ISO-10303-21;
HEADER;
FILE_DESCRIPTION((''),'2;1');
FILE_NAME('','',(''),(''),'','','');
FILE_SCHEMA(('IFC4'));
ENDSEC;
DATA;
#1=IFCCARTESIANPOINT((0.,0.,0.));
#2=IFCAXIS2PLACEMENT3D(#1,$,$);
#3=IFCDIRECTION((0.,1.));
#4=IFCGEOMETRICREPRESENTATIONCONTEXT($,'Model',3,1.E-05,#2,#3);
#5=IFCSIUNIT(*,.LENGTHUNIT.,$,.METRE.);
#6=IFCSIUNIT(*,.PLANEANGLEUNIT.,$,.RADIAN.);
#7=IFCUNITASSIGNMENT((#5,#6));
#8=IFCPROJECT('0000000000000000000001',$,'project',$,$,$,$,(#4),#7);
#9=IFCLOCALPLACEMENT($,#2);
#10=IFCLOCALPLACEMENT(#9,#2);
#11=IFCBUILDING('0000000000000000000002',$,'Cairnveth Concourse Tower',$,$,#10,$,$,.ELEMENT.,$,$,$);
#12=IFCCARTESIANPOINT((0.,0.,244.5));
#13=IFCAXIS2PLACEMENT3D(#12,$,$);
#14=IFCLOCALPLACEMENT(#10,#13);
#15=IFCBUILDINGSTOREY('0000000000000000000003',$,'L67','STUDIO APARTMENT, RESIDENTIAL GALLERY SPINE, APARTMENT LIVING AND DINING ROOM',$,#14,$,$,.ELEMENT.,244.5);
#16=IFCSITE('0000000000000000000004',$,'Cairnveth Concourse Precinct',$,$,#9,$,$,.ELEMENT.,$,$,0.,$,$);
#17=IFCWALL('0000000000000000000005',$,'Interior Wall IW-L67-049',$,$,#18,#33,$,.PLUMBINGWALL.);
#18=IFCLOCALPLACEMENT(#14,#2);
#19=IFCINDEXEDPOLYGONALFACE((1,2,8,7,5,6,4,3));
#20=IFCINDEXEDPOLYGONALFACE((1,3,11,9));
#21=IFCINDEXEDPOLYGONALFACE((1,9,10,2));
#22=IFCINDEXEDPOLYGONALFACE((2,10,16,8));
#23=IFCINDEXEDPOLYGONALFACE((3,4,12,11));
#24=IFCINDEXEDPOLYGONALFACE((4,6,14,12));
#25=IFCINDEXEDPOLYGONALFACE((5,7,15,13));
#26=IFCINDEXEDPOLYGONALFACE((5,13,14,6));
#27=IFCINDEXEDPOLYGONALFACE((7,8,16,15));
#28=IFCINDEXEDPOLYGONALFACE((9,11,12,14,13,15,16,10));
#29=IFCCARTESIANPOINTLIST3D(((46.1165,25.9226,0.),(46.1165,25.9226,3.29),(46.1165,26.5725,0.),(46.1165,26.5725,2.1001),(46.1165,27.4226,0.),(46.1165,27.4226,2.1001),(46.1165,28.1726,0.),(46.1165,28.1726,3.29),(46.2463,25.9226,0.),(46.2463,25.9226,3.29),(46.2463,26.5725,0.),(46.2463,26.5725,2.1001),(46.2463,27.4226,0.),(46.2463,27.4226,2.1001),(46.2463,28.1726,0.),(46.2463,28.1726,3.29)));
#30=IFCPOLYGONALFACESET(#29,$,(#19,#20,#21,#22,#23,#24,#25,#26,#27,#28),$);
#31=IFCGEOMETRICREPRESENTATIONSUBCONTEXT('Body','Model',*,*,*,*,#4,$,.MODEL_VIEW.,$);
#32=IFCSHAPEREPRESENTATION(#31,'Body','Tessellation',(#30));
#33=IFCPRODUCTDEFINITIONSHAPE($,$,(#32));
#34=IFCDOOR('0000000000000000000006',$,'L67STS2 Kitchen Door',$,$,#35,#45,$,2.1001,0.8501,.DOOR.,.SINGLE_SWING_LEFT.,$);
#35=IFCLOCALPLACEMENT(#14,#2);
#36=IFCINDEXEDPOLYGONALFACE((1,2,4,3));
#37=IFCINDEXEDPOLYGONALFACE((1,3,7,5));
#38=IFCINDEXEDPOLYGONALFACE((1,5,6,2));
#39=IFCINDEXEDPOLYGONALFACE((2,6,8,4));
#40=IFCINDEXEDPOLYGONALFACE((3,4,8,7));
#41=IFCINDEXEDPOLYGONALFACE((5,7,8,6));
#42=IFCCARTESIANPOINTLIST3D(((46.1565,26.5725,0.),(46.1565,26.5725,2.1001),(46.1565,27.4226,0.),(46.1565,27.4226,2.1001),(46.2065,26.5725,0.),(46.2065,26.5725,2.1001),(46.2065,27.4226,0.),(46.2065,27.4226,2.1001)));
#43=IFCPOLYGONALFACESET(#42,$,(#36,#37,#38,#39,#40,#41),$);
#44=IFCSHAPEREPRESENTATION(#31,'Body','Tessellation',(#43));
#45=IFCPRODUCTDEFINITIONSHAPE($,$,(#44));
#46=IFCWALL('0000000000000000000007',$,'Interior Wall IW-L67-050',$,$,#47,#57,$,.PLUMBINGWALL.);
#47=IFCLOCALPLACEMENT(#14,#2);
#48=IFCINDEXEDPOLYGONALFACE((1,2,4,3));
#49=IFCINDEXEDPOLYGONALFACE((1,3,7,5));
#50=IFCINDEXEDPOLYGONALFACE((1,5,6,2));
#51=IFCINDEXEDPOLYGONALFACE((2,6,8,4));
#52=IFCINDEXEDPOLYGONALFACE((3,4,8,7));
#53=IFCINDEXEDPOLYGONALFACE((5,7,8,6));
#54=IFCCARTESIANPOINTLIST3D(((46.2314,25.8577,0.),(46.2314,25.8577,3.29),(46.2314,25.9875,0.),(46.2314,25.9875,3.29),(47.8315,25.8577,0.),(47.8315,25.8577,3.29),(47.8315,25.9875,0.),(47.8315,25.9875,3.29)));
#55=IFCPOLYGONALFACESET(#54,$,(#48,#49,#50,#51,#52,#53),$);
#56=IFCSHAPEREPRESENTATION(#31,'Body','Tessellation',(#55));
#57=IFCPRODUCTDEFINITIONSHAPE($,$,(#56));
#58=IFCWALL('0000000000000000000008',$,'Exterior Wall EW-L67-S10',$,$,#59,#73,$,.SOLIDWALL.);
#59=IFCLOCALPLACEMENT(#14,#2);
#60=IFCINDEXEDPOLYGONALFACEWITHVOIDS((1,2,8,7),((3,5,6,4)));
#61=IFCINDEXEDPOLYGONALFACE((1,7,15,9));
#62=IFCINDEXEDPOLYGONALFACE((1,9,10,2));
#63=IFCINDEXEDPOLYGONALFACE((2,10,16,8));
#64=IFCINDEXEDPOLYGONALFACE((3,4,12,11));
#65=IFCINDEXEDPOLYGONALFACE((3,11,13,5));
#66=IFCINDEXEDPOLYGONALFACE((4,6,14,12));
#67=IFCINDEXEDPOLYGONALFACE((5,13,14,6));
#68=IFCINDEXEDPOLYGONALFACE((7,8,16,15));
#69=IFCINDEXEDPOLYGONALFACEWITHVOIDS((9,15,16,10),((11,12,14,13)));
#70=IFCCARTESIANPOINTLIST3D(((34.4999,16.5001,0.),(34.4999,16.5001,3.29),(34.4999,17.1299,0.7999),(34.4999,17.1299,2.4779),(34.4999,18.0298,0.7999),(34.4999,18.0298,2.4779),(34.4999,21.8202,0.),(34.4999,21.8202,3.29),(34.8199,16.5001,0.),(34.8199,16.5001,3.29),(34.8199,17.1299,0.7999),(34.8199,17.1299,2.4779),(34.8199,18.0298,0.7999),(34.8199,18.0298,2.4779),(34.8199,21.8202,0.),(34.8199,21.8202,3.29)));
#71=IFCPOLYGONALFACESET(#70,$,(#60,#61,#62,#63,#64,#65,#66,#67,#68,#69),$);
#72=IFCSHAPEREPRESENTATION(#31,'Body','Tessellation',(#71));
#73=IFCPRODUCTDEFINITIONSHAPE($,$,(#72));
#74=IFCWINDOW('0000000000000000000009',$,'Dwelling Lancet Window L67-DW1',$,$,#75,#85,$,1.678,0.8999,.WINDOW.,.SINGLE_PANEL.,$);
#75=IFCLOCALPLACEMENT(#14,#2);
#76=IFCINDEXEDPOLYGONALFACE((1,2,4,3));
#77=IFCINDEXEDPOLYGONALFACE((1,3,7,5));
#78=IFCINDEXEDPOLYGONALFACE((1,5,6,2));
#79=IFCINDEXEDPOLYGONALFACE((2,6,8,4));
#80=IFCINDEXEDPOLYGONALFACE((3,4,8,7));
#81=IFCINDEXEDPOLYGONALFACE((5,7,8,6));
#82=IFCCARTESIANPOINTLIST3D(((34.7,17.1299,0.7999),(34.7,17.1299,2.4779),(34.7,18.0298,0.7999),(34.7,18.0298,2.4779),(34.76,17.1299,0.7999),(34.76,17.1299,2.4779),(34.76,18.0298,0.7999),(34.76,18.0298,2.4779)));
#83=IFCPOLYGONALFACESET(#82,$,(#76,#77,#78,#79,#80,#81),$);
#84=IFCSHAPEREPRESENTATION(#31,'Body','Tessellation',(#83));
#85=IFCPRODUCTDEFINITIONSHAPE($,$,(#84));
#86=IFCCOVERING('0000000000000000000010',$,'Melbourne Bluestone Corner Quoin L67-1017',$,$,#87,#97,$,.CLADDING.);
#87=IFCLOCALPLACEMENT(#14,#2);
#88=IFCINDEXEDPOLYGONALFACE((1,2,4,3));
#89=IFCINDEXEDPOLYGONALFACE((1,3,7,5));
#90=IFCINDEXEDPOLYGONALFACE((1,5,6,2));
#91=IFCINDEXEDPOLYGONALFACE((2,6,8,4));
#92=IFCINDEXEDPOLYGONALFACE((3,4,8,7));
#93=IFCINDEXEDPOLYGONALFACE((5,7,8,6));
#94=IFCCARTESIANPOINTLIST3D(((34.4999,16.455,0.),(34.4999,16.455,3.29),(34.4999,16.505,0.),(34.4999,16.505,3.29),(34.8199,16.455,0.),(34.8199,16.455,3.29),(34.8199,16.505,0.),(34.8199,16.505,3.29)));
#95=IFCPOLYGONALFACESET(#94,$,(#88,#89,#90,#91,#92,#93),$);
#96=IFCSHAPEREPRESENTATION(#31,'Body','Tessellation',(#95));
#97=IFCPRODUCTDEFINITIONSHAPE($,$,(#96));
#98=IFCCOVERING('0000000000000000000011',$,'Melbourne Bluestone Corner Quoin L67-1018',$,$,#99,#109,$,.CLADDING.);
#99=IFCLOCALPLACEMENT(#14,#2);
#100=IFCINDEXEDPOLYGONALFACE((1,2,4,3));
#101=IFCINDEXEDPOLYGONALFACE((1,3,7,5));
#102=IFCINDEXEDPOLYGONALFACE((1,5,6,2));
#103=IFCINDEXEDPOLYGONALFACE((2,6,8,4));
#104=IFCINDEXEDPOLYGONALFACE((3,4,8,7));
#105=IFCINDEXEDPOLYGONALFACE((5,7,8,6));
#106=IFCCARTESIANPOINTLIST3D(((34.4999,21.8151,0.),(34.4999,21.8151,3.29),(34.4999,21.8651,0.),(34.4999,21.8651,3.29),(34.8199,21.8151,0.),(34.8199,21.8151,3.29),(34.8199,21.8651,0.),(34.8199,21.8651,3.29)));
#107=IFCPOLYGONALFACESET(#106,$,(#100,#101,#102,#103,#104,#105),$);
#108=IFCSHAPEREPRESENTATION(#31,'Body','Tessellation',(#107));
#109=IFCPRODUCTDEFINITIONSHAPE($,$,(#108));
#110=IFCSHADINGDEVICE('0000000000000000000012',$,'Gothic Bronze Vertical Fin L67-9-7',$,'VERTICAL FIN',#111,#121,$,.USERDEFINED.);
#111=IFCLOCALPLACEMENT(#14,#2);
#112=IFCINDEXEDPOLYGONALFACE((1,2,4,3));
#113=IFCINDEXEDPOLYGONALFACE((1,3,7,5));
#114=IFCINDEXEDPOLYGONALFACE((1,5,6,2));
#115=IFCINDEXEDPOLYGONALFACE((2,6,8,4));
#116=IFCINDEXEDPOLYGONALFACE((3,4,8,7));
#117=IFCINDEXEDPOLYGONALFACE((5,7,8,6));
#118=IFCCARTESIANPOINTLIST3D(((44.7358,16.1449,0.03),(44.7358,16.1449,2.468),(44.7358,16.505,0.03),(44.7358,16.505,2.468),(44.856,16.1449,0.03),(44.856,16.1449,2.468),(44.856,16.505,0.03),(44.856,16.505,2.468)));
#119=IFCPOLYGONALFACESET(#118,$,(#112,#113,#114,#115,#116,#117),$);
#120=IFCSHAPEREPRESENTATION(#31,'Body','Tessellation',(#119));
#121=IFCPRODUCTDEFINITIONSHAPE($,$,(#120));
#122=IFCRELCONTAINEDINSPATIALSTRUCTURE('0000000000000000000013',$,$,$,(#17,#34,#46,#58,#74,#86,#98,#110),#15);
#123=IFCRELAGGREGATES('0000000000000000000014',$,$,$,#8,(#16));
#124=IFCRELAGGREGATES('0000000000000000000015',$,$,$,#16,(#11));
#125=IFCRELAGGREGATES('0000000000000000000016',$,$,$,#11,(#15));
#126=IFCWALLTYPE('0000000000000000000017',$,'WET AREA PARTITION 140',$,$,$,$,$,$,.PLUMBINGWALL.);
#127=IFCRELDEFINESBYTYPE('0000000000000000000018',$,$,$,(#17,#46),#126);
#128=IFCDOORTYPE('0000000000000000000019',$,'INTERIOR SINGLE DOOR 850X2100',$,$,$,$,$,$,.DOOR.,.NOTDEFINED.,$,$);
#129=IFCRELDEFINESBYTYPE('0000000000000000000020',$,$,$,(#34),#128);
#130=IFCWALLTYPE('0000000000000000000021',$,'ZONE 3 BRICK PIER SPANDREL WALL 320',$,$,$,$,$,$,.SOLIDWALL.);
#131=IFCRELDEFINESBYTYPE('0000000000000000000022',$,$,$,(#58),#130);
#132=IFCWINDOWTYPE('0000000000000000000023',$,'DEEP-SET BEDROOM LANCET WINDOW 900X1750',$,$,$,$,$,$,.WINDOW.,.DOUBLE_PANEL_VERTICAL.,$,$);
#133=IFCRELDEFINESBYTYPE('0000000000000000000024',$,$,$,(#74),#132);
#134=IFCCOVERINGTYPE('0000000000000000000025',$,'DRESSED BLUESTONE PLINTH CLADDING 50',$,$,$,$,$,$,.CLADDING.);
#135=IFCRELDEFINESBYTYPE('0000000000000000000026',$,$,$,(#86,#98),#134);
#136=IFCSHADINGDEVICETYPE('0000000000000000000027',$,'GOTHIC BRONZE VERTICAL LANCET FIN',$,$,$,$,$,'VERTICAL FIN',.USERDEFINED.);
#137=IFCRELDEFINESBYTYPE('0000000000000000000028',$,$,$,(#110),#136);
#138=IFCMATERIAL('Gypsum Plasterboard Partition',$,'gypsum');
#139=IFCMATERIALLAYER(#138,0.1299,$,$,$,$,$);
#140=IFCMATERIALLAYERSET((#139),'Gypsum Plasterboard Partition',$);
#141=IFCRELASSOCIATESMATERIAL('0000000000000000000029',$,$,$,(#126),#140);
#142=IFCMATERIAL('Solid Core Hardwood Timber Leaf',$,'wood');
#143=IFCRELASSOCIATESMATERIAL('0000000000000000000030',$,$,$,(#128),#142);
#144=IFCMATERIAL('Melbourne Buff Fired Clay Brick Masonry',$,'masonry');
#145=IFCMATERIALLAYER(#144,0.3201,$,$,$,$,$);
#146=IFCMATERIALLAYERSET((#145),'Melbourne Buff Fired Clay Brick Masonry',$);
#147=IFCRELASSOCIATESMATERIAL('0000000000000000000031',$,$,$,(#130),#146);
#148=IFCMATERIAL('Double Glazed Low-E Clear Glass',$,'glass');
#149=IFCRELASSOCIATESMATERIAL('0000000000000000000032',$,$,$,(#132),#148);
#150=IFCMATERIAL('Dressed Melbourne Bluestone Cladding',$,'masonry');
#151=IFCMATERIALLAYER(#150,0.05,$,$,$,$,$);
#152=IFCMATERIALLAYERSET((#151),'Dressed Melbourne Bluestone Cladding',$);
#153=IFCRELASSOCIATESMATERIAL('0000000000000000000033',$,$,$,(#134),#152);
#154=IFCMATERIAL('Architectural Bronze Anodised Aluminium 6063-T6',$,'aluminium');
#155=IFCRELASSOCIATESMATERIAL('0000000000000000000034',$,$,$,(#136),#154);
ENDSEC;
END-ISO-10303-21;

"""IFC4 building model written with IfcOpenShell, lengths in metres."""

from ifc_helpers import new_model, si_unit, direction, frame, frame_2d, origin, origin_2d, place, context, subcontext, project, spatial, rectangle, extrude, material, layer, layer_set, type_object, element, fill, save


model = new_model("IFC4")

# Units and contexts
model_context = context("Model", 3, precision=1e-05, world=origin(), true_north=direction((0.0, 1.0)))
body_context = subcontext(model_context, "Body", "Model", "MODEL_VIEW")
ifc_project = project(units=[si_unit("LENGTHUNIT", "METRE"), si_unit("PLANEANGLEUNIT", "RADIAN")], contexts=[model_context])

# Site, building, storey
site_placement = place(None, origin())
site = spatial("IfcSite", under=ifc_project, at=site_placement, Name="Cairnveth Concourse Precinct", CompositionType="ELEMENT", RefElevation=0.0)
building_placement = place(site_placement, origin())
building = spatial("IfcBuilding", under=site, at=building_placement, Name="Cairnveth Concourse Tower", CompositionType="ELEMENT")
storey_placement = place(building_placement, frame((0.0, 0.0, 244.5)))
storey = spatial("IfcBuildingStorey", under=building, at=storey_placement, Name="L67", Description="STUDIO APARTMENT, RESIDENTIAL GALLERY SPINE, APARTMENT LIVING AND DINING ROOM", CompositionType="ELEMENT", Elevation=244.5)

# Shared definitions
ifc_material_1 = material(Name="Gypsum Plasterboard Partition", Category="gypsum")
ifc_material_2 = material(Name="Solid Core Hardwood Timber Leaf", Category="wood")

# Shared definitions
ifc_layer_1 = layer(ifc_material_1, 0.1299)
ifc_layer_set_1 = layer_set([ifc_layer_1], Name="Gypsum Plasterboard Partition")
wall_type_1 = type_object("IfcWallType", Name="WET AREA PARTITION 140", PredefinedType="PLUMBINGWALL", material=ifc_layer_set_1)
door_type_1 = type_object("IfcDoorType", Name="INTERIOR SINGLE DOOR 850X2100", OperationType="NOTDEFINED", PredefinedType="DOOR", material=ifc_material_2)

# Wall, opening, door
wall_1_placement = place(storey_placement, frame((46.1814, 25.9226, 0.0), z_axis=(0.0, 0.0, 1.0), x_axis=(0.0, 1.0, 0.0)))
wall_1 = element("IfcWall", 1, at=wall_1_placement, inside=storey, type_object=wall_type_1, Name="Interior Wall IW-L67-049", PredefinedType="PLUMBINGWALL", context=body_context, shape_type="SweptSolid", body=[
    extrude(rectangle(XDim=2.25, YDim=0.1299, at=frame_2d((1.125, 0.0))), origin(), (0.0, 0.0, 1.0), 3.29),
])
opening_1_placement = place(wall_1_placement, frame((0.6499, 0.0, 0.0)))
opening_1 = element("IfcOpeningElement", 2, at=opening_1_placement, cuts=wall_1, PredefinedType="OPENING", context=body_context, shape_type="SweptSolid", body=[
    extrude(rectangle(XDim=0.8501, YDim=2.1001, at=frame_2d((0.425, 1.05))), frame((0.0, 0.075, 0.0), z_axis=(0.0, -1.0, 0.0), x_axis=(1.0, 0.0, 0.0)), (0.0, 0.0, 1.0), 0.1499),
])
door_1_placement = place(opening_1_placement, origin())
door_1 = element("IfcDoor", 3, at=door_1_placement, inside=storey, type_object=door_type_1, Name="L67STS2 Kitchen Door", OperationType="SINGLE_SWING_LEFT", OverallHeight=2.1001, OverallWidth=0.8501, PredefinedType="DOOR", context=body_context, shape_type="SweptSolid", body=[
    extrude(rectangle(XDim=0.8501, YDim=2.1001, at=frame_2d((0.425, 1.05))), frame((0.0, 0.0249, 0.0), z_axis=(0.0, -1.0, 0.0), x_axis=(1.0, 0.0, 0.0)), (0.0, 0.0, 1.0), 0.05),
])
fill(opening_1, door_1)

# Wall
wall_2_placement = place(storey_placement, frame((46.2314, 25.9226, 0.0), z_axis=(0.0, 0.0, 1.0), x_axis=(1.0, 0.0, 0.0)))
element("IfcWall", 4, at=wall_2_placement, inside=storey, type_object=wall_type_1, Name="Interior Wall IW-L67-050", PredefinedType="PLUMBINGWALL", context=body_context, shape_type="SweptSolid", body=[
    extrude(rectangle(XDim=1.6001, YDim=0.1299, at=frame_2d((0.8, 0.0))), origin(), (0.0, 0.0, 1.0), 3.29),
])

# Wall, opening, window
ifc_material_3 = material(Name="Melbourne Buff Fired Clay Brick Masonry", Category="masonry")
ifc_layer_2 = layer(ifc_material_3, 0.3201)
ifc_layer_set_2 = layer_set([ifc_layer_2], Name="Melbourne Buff Fired Clay Brick Masonry")
wall_type_2 = type_object("IfcWallType", Name="ZONE 3 BRICK PIER SPANDREL WALL 320", PredefinedType="SOLIDWALL", material=ifc_layer_set_2)
wall_3_placement = place(storey_placement, frame((34.6599, 16.5, 0.0), z_axis=(0.0, 0.0, 1.0), x_axis=(0.0, 1.0, 0.0)))
wall_3 = element("IfcWall", 5, at=wall_3_placement, inside=storey, type_object=wall_type_2, Name="Exterior Wall EW-L67-S10", PredefinedType="SOLIDWALL", context=body_context, shape_type="SweptSolid", body=[
    extrude(rectangle(XDim=5.3201, YDim=0.3201, at=frame_2d((2.6602, 0.0))), origin(), (0.0, 0.0, 1.0), 3.29),
])
opening_2_placement = place(wall_3_placement, frame((0.6299, 0.0, 0.8)))
opening_2 = element("IfcOpeningElement", 6, at=opening_2_placement, cuts=wall_3, PredefinedType="OPENING", context=body_context, shape_type="SweptSolid", body=[
    extrude(rectangle(XDim=0.8999, YDim=1.678, at=frame_2d((0.45, 0.8389))), frame((0.0, 0.1699, 0.0), z_axis=(0.0, -1.0, 0.0), x_axis=(1.0, 0.0, 0.0)), (0.0, 0.0, 1.0), 0.3401),
])
ifc_material_4 = material(Name="Double Glazed Low-E Clear Glass", Category="glass")
window_type = type_object("IfcWindowType", Name="DEEP-SET BEDROOM LANCET WINDOW 900X1750", PartitioningType="DOUBLE_PANEL_VERTICAL", PredefinedType="WINDOW", material=ifc_material_4)
window_placement = place(opening_2_placement, origin())
window = element("IfcWindow", 7, at=window_placement, inside=storey, type_object=window_type, Name="Dwelling Lancet Window L67-DW1", OverallHeight=1.678, OverallWidth=0.8999, PartitioningType="SINGLE_PANEL", PredefinedType="WINDOW", context=body_context, shape_type="SweptSolid", body=[
    extrude(rectangle(XDim=0.8999, YDim=1.678, at=frame_2d((0.45, 0.8389))), frame((0.0, -0.04, 0.0), z_axis=(0.0, -1.0, 0.0), x_axis=(1.0, 0.0, 0.0)), (0.0, 0.0, 1.0), 0.0601),
])
fill(opening_2, window)

# Coverings
ifc_material_5 = material(Name="Dressed Melbourne Bluestone Cladding", Category="masonry")
ifc_layer_3 = layer(ifc_material_5, 0.05)
ifc_layer_set_3 = layer_set([ifc_layer_3], Name="Dressed Melbourne Bluestone Cladding")
covering_type = type_object("IfcCoveringType", Name="DRESSED BLUESTONE PLINTH CLADDING 50", PredefinedType="CLADDING", material=ifc_layer_set_3)
for number, where, z_axis, x_axis, name in (
    (8, (34.8201, 16.48, 0.0), (0.0, 0.0, 1.0), (-1.0, 0.0, 0.0), "Melbourne Bluestone Corner Quoin L67-1017"),
    (9, (34.8201, 21.8401, 0.0), (0.0, 0.0, 1.0), (-1.0, 0.0, 0.0), "Melbourne Bluestone Corner Quoin L67-1018"),
):
    element("IfcCovering", number, at=place(storey_placement, frame(where, z_axis=z_axis, x_axis=x_axis)), inside=storey, type_object=covering_type, Name=name, PredefinedType="CLADDING", context=body_context, shape_type="SweptSolid", body=[
        extrude(rectangle(XDim=0.3201, YDim=0.05, at=frame_2d((0.1602, 0.0))), origin(), (0.0, 0.0, 1.0), 3.29),
    ])

# Shading device
ifc_material_6 = material(Name="Architectural Bronze Anodised Aluminium 6063-T6", Category="aluminium")
shading_device_type = type_object("IfcShadingDeviceType", Name="GOTHIC BRONZE VERTICAL LANCET FIN", ElementType="VERTICAL FIN", PredefinedType="USERDEFINED", material=ifc_material_6)
shading_device_placement = place(storey_placement, frame((44.7959, 16.325, 0.03), z_axis=(0.0, 0.0, 1.0), x_axis=(1.0, 0.0, 0.0)))
element("IfcShadingDevice", 10, at=shading_device_placement, inside=storey, type_object=shading_device_type, Name="Gothic Bronze Vertical Fin L67-9-7", ObjectType="VERTICAL FIN", PredefinedType="USERDEFINED", context=body_context, shape_type="SweptSolid", body=[
    extrude(rectangle(XDim=0.1201, YDim=0.3601, at=origin_2d()), origin(), (0.0, 0.0, 1.0), 2.438),
])

save(model, "model.ifc")
